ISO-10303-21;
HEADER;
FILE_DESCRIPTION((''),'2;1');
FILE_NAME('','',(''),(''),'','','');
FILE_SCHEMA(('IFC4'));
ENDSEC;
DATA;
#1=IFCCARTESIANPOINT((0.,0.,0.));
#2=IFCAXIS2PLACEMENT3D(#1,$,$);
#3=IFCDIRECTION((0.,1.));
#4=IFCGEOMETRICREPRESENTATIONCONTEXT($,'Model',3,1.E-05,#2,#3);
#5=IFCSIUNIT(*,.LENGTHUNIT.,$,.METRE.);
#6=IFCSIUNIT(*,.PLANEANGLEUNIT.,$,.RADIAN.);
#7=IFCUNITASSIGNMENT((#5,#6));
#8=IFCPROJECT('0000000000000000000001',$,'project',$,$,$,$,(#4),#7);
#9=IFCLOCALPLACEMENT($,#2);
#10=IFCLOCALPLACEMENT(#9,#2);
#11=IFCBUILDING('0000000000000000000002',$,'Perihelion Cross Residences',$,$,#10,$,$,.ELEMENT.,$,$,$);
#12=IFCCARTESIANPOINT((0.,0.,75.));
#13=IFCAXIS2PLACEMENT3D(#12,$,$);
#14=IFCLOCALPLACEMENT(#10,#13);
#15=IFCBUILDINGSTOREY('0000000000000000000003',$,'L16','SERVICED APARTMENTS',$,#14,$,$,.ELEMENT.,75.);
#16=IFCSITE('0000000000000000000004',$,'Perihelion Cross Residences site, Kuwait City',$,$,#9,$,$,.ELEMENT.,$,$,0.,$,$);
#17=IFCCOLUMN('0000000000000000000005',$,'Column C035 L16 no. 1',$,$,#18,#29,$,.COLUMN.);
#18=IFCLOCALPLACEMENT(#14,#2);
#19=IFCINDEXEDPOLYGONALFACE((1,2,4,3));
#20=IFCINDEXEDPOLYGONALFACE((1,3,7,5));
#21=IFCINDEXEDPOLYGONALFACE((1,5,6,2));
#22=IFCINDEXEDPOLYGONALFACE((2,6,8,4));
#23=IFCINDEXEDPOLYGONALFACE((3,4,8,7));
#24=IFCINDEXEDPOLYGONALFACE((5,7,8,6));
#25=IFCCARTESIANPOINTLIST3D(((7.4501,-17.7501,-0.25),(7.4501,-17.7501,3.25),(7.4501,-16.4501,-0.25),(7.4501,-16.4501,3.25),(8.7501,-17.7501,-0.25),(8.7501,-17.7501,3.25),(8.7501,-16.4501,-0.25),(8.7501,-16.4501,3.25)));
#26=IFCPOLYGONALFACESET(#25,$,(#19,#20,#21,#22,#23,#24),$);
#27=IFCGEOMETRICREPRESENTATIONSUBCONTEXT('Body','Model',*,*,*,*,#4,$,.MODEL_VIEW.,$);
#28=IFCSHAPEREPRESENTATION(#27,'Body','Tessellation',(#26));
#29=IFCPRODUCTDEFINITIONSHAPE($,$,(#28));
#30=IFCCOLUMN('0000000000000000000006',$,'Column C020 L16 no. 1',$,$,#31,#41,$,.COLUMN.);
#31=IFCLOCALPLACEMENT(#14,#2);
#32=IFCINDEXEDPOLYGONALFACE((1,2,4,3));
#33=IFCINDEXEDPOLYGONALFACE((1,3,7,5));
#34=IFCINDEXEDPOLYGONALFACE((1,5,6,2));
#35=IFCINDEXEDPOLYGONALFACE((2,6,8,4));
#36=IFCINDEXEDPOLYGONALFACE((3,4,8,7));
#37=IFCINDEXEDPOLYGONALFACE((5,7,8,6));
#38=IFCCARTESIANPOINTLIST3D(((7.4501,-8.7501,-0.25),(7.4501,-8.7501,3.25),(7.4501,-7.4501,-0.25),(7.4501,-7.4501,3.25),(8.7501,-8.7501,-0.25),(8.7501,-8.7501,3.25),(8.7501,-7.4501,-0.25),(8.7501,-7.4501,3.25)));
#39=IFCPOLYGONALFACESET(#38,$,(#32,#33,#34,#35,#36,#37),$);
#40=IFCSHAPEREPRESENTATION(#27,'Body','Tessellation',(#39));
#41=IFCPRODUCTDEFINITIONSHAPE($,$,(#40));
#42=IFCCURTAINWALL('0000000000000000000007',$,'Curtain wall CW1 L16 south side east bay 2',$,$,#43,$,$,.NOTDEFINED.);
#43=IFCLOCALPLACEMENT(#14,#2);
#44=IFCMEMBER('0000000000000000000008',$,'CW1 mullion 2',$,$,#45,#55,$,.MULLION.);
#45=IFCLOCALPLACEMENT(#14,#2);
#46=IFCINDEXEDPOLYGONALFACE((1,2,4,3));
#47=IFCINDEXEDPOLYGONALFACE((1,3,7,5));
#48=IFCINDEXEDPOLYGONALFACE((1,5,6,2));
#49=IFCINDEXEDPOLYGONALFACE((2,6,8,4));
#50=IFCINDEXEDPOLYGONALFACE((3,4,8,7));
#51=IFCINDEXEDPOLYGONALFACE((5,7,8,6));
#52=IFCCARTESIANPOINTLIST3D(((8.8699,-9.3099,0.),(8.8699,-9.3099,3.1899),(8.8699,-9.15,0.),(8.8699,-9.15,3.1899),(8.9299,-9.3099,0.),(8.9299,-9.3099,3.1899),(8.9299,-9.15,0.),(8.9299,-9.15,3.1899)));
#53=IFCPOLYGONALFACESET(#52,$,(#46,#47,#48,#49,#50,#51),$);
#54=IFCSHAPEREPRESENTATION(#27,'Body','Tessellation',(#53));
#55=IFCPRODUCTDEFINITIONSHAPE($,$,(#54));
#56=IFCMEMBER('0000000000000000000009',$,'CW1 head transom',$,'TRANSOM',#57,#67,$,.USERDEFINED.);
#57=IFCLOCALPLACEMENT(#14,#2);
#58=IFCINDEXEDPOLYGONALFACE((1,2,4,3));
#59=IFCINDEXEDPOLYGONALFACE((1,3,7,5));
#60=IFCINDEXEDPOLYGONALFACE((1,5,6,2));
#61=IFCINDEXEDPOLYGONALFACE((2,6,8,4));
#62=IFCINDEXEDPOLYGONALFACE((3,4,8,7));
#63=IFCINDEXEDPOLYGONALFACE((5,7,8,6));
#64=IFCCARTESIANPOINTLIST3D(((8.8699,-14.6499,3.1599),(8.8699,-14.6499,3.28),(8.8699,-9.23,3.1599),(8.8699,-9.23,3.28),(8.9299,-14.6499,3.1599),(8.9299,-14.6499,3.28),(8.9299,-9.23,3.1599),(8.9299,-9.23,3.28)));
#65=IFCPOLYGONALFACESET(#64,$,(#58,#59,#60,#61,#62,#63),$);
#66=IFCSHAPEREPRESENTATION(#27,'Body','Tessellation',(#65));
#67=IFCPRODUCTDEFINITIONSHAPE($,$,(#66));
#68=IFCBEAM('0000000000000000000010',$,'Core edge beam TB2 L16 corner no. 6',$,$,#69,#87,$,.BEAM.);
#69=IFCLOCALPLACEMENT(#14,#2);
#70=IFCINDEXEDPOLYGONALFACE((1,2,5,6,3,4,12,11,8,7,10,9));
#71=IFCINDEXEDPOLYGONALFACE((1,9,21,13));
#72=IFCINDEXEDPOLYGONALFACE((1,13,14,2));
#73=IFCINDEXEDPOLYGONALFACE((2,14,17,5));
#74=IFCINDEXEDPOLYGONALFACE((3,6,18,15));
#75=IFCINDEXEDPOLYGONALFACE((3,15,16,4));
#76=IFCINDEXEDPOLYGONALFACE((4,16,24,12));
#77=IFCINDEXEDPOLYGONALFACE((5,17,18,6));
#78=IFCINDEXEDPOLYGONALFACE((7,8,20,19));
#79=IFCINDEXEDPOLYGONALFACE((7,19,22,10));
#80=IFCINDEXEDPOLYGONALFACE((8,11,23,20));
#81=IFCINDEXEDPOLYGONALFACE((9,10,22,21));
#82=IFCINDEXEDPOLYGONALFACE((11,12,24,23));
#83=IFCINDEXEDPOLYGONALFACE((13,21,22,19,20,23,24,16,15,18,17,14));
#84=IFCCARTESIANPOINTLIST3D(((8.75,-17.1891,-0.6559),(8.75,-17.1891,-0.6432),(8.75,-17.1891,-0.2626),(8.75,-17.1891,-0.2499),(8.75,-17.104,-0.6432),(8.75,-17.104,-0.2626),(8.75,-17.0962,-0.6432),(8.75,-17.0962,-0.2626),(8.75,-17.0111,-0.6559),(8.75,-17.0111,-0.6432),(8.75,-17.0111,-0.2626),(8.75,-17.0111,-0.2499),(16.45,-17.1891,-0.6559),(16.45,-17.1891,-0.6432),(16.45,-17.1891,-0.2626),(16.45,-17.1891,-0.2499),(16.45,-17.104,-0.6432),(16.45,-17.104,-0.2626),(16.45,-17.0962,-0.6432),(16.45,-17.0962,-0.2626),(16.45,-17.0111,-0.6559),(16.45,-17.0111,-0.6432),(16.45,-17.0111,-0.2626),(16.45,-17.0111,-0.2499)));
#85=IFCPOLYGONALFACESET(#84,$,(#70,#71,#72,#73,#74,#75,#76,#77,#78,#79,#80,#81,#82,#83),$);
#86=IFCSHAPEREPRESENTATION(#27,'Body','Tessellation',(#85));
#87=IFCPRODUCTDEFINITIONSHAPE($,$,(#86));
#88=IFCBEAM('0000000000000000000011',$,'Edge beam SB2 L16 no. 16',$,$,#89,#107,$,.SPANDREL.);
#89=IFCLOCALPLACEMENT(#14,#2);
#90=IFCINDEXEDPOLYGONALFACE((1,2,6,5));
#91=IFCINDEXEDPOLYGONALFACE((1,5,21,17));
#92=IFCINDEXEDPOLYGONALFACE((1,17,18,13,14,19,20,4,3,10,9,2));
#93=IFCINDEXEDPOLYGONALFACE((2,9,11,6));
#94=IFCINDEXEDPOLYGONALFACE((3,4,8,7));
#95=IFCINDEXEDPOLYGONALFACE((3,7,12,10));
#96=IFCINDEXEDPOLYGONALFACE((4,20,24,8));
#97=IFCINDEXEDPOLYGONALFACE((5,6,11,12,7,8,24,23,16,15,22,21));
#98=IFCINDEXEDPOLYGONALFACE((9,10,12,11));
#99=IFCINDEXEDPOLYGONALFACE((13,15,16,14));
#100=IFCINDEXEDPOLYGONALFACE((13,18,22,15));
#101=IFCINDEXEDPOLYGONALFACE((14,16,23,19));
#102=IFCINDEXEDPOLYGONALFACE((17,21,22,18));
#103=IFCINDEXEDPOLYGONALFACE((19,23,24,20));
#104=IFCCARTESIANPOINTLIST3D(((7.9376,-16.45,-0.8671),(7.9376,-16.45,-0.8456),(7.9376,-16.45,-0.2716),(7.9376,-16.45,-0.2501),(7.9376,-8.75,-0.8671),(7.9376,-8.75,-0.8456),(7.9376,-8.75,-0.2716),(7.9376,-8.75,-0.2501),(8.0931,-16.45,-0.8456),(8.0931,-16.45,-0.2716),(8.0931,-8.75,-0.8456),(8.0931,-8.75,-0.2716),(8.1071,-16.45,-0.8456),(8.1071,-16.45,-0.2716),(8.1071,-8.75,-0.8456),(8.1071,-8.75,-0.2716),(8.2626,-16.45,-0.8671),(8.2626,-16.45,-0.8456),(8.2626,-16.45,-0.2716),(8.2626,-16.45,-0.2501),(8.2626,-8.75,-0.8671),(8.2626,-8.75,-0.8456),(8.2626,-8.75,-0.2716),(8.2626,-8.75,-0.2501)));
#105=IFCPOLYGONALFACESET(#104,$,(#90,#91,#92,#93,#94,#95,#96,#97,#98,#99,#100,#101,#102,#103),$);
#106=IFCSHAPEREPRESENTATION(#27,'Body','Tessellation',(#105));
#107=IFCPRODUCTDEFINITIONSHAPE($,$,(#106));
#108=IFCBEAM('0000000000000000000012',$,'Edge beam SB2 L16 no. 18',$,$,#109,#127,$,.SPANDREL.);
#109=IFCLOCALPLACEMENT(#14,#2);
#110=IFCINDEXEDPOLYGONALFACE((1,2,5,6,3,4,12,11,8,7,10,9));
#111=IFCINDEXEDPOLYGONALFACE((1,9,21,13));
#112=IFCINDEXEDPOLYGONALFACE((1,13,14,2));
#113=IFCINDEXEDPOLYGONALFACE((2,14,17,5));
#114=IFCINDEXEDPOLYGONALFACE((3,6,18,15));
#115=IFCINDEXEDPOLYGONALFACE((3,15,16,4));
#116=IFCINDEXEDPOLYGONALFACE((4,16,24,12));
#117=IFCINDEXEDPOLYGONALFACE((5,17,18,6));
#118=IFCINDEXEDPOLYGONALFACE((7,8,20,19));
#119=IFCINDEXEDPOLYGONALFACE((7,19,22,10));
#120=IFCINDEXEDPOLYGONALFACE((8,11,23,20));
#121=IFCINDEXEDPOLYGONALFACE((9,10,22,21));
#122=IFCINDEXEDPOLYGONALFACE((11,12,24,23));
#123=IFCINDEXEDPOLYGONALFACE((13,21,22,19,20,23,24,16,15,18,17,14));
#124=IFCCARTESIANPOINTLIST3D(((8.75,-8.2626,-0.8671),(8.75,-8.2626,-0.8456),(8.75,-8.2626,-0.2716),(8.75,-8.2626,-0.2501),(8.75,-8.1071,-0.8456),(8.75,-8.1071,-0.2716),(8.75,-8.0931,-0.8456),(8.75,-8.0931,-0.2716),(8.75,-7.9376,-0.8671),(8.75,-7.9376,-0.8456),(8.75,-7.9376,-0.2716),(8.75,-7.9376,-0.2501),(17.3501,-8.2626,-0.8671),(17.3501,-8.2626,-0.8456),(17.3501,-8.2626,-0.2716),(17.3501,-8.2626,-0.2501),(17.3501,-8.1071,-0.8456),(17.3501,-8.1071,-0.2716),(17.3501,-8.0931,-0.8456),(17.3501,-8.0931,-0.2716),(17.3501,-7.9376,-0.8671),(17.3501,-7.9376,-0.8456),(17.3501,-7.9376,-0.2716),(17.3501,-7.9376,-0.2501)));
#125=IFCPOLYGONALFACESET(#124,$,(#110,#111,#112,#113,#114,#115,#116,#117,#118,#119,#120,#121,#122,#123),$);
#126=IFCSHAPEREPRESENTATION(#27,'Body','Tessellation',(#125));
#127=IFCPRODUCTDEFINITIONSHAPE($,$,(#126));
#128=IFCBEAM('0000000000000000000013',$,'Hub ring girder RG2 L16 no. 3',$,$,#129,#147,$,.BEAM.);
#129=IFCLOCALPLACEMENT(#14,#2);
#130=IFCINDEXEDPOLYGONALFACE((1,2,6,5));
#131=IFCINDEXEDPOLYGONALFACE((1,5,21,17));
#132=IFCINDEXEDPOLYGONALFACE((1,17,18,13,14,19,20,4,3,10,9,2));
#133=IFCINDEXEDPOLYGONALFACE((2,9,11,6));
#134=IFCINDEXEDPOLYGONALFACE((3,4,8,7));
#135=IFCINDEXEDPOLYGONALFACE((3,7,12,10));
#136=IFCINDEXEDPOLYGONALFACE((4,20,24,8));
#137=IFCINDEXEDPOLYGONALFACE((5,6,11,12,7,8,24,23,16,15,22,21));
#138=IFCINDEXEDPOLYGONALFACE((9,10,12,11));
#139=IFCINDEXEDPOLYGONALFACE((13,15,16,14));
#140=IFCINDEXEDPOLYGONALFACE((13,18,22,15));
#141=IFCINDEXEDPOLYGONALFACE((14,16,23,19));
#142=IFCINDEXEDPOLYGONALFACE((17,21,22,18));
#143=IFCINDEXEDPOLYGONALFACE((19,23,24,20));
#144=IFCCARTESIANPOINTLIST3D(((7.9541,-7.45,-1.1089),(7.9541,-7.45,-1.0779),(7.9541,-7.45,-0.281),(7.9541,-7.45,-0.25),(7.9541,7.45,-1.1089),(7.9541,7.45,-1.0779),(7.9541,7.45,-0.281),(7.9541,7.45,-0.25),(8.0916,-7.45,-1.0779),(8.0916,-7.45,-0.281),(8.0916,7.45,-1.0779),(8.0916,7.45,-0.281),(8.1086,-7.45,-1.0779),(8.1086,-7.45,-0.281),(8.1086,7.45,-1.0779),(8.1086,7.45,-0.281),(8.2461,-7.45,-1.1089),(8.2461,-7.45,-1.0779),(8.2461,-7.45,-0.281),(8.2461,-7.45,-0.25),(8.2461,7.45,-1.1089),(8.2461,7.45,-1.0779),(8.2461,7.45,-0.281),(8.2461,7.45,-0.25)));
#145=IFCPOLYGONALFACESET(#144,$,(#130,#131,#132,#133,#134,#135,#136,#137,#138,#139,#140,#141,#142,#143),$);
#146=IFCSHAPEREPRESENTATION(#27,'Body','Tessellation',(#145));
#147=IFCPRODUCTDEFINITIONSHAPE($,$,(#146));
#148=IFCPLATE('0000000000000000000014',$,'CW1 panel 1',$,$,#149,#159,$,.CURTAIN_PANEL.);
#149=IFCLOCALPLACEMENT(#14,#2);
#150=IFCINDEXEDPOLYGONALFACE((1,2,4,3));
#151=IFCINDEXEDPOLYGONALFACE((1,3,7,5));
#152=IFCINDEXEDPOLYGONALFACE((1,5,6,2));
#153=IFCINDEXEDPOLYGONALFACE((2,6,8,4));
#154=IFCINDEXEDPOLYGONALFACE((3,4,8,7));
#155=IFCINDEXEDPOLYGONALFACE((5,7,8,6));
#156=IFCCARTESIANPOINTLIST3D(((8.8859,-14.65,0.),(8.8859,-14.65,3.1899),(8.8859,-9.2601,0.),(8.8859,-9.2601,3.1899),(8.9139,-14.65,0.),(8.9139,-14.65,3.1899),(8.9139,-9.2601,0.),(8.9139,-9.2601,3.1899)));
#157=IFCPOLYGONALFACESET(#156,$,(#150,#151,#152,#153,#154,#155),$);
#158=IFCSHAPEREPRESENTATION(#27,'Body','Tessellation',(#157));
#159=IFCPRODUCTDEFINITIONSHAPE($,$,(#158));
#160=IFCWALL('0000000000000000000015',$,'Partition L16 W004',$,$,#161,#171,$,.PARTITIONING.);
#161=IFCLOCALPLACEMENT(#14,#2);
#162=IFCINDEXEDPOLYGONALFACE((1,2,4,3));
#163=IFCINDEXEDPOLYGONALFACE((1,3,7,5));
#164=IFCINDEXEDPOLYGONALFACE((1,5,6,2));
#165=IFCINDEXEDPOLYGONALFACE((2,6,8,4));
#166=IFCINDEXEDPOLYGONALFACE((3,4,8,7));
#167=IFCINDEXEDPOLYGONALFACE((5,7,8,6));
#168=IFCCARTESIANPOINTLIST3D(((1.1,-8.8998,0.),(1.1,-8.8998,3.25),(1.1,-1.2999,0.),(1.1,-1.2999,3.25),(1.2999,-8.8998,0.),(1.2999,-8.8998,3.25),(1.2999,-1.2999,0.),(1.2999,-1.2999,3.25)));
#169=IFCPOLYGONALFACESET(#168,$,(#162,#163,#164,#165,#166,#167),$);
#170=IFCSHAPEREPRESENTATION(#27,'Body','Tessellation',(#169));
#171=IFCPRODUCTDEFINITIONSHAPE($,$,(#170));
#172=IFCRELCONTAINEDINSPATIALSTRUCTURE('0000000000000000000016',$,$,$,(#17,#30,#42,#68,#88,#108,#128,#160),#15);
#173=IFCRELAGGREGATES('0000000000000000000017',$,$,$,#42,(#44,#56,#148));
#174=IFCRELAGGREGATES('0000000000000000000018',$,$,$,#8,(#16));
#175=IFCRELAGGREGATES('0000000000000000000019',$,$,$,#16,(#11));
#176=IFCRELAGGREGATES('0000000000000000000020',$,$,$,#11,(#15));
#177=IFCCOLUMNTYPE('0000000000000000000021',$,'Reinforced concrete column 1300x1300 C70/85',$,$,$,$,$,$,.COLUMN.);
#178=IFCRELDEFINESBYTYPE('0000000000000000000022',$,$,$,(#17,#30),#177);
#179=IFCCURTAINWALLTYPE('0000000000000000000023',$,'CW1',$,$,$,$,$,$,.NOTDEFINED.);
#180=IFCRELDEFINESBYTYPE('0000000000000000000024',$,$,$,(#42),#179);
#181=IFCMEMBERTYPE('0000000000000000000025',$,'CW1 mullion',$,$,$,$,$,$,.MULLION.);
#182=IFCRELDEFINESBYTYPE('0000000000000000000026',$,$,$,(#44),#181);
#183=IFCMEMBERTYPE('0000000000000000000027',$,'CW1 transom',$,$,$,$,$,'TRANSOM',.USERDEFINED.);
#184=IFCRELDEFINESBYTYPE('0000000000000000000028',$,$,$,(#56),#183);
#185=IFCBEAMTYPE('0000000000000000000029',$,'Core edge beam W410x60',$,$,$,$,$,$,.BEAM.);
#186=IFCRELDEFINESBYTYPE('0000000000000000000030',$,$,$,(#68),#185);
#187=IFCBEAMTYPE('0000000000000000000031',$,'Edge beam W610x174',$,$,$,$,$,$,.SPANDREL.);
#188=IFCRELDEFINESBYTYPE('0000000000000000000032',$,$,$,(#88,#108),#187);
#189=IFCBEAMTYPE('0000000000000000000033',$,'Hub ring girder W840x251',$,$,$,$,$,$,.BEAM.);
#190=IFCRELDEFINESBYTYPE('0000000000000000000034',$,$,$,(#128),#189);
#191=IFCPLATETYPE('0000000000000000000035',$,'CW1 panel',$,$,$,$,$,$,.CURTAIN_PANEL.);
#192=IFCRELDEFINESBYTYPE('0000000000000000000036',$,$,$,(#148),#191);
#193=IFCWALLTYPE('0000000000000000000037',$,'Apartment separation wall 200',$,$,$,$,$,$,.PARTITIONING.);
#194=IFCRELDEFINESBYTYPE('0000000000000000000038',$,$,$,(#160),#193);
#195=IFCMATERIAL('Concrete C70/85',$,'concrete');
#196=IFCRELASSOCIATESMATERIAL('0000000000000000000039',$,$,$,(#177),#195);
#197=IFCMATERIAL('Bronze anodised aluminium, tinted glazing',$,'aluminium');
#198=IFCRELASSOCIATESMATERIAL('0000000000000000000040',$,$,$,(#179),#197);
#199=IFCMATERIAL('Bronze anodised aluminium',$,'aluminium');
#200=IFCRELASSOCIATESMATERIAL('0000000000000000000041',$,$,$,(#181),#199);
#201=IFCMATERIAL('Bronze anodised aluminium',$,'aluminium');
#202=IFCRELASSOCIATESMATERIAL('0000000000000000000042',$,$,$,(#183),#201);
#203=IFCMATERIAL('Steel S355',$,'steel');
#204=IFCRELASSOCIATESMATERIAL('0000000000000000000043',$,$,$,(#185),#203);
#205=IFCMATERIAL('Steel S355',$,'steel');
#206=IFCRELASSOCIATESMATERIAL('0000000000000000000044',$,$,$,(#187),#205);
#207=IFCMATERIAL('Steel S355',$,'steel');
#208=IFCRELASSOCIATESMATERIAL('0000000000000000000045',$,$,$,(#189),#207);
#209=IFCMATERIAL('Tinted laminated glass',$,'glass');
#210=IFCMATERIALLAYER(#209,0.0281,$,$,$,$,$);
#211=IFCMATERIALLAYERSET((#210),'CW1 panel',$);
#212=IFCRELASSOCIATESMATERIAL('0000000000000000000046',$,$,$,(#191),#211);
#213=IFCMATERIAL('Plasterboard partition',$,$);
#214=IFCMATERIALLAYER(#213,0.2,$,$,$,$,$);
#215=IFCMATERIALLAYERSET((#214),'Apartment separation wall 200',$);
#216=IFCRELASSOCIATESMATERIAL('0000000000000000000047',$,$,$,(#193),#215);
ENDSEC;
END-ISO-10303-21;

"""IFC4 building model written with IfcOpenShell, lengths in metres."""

from ifc_helpers import new_model, si_unit, direction, frame, frame_2d, origin, origin_2d, place, context, subcontext, project, spatial, rectangle, i_section, extrude, material, layer, layer_set, material_profile, profile_set, type_object, element, aggregate, save


model = new_model("IFC4")

# Units and contexts
model_context = context("Model", 3, precision=1e-05, world=origin(), true_north=direction((0.0, 1.0)))
body_context = subcontext(model_context, "Body", "Model", "MODEL_VIEW")
ifc_project = project(units=[si_unit("LENGTHUNIT", "METRE"), si_unit("PLANEANGLEUNIT", "RADIAN")], contexts=[model_context])

# Site, building, storey
site_placement = place(None, origin())
site = spatial("IfcSite", under=ifc_project, at=site_placement, Name="Perihelion Cross Residences site, Kuwait City", CompositionType="ELEMENT", RefElevation=0.0)
building_placement = place(site_placement, origin())
building = spatial("IfcBuilding", under=site, at=building_placement, Name="Perihelion Cross Residences", CompositionType="ELEMENT")
storey_placement = place(building_placement, frame((0.0, 0.0, 75.0)))
storey = spatial("IfcBuildingStorey", under=building, at=storey_placement, Name="L16", Description="SERVICED APARTMENTS", CompositionType="ELEMENT", Elevation=75.0)

# Columns
ifc_material_1 = material(Name="Concrete C70/85", Category="concrete")
ifc_material_profile_1 = material_profile(ifc_material_1, rectangle(XDim=1.3, YDim=1.3, at=origin_2d()), Name="RC 1300x1300")
ifc_profile_set_1 = profile_set([ifc_material_profile_1], Name="Concrete C70/85")
column_type = type_object("IfcColumnType", Name="Reinforced concrete column 1300x1300 C70/85", PredefinedType="COLUMN", material=ifc_profile_set_1)
for number, where, z_axis, x_axis, name in (
    (1, (8.1001, -17.1001, -0.25), (0.0, 0.0, 1.0), (1.0, 0.0, 0.0), "Column C035 L16 no. 1"),
    (2, (8.1001, -8.1001, -0.25), (0.0, 0.0, 1.0), (1.0, 0.0, 0.0), "Column C020 L16 no. 1"),
):
    element("IfcColumn", number, at=place(storey_placement, frame(where, z_axis=z_axis, x_axis=x_axis)), inside=storey, type_object=column_type, Name=name, PredefinedType="COLUMN", context=body_context, shape_type="SweptSolid", body=[
        extrude(rectangle(XDim=1.3, YDim=1.3, at=origin_2d()), origin(), (0.0, 0.0, 1.0), 3.5),
    ])

# Curtain wall, members
ifc_material_2 = material(Name="Bronze anodised aluminium, tinted glazing", Category="aluminium")
curtain_wall_type = type_object("IfcCurtainWallType", Name="CW1", PredefinedType="NOTDEFINED", material=ifc_material_2)
curtain_wall_placement = place(storey_placement, origin())
curtain_wall = element("IfcCurtainWall", 3, at=curtain_wall_placement, inside=storey, type_object=curtain_wall_type, Name="Curtain wall CW1 L16 south side east bay 2", PredefinedType="NOTDEFINED")
ifc_material_3 = material(Name="Bronze anodised aluminium", Category="aluminium")
ifc_material_profile_2 = material_profile(ifc_material_3, rectangle(XDim=0.0601, YDim=0.1599, at=origin_2d()), Name="CW1 mullion")
ifc_profile_set_2 = profile_set([ifc_material_profile_2], Name="Bronze anodised aluminium")
member_type_1 = type_object("IfcMemberType", Name="CW1 mullion", PredefinedType="MULLION", material=ifc_profile_set_2)
member_1_placement = place(storey_placement, frame((8.8999, -9.23, 0.0), z_axis=(0.0, 0.0, 1.0), x_axis=(-1.0, 0.0, 0.0)))
member_1 = element("IfcMember", 4, at=member_1_placement, type_object=member_type_1, Name="CW1 mullion 2", PredefinedType="MULLION", context=body_context, shape_type="SweptSolid", body=[
    extrude(rectangle(XDim=0.0601, YDim=0.1599, at=origin_2d()), origin(), (0.0, 0.0, 1.0), 3.1899),
])
ifc_material_4 = material(Name="Bronze anodised aluminium", Category="aluminium")
ifc_material_profile_3 = material_profile(ifc_material_4, rectangle(XDim=0.0601, YDim=0.1201, at=origin_2d()), Name="CW1 transom")
ifc_profile_set_3 = profile_set([ifc_material_profile_3], Name="Bronze anodised aluminium")
member_type_2 = type_object("IfcMemberType", Name="CW1 transom", ElementType="TRANSOM", PredefinedType="USERDEFINED", material=ifc_profile_set_3)
member_2_placement = place(storey_placement, frame((8.8999, -14.6499, 3.22), z_axis=(0.0, 1.0, 0.0), x_axis=(-1.0, 0.0, 0.0)))
member_2 = element("IfcMember", 5, at=member_2_placement, type_object=member_type_2, Name="CW1 head transom", ObjectType="TRANSOM", PredefinedType="USERDEFINED", context=body_context, shape_type="SweptSolid", body=[
    extrude(rectangle(XDim=0.0601, YDim=0.1201, at=origin_2d()), origin(), (0.0, 0.0, 1.0), 5.4199),
])

# Beams
ifc_material_5 = material(Name="Steel S355", Category="steel")
ifc_material_profile_4 = material_profile(ifc_material_5, i_section(OverallWidth=0.178, OverallDepth=0.406, WebThickness=0.0078, FlangeThickness=0.0127, at=origin_2d()), Name="W410x60")
ifc_profile_set_4 = profile_set([ifc_material_profile_4], Name="Steel S355")
beam_type_1 = type_object("IfcBeamType", Name="Core edge beam W410x60", PredefinedType="BEAM", material=ifc_profile_set_4)
beam_1_placement = place(storey_placement, frame((8.75, -17.1001, -0.4529), z_axis=(1.0, 0.0, 0.0), x_axis=(0.0, 1.0, 0.0)))
element("IfcBeam", 6, at=beam_1_placement, inside=storey, type_object=beam_type_1, Name="Core edge beam TB2 L16 corner no. 6", PredefinedType="BEAM", context=body_context, shape_type="SweptSolid", body=[
    extrude(i_section(OverallWidth=0.178, OverallDepth=0.406, WebThickness=0.0078, FlangeThickness=0.0127, at=origin_2d()), origin(), (0.0, 0.0, 1.0), 7.7),
])
ifc_material_6 = material(Name="Steel S355", Category="steel")
ifc_material_profile_5 = material_profile(ifc_material_6, i_section(OverallWidth=0.325, OverallDepth=0.6169, WebThickness=0.0139, FlangeThickness=0.0215, at=origin_2d()), Name="W610x174")
ifc_profile_set_5 = profile_set([ifc_material_profile_5], Name="Steel S355")
beam_type_2 = type_object("IfcBeamType", Name="Edge beam W610x174", PredefinedType="SPANDREL", material=ifc_profile_set_5)
beam_2_placement = place(storey_placement, frame((8.1001, -16.45, -0.5586), z_axis=(0.0, 1.0, 0.0), x_axis=(-1.0, 0.0, 0.0)))
element("IfcBeam", 7, at=beam_2_placement, inside=storey, type_object=beam_type_2, Name="Edge beam SB2 L16 no. 16", PredefinedType="SPANDREL", context=body_context, shape_type="SweptSolid", body=[
    extrude(i_section(OverallWidth=0.325, OverallDepth=0.6169, WebThickness=0.0139, FlangeThickness=0.0215, at=origin_2d()), origin(), (0.0, 0.0, 1.0), 7.7),
])
beam_3_placement = place(storey_placement, frame((8.75, -8.1001, -0.5586), z_axis=(1.0, 0.0, 0.0), x_axis=(0.0, 1.0, 0.0)))
element("IfcBeam", 8, at=beam_3_placement, inside=storey, type_object=beam_type_2, Name="Edge beam SB2 L16 no. 18", PredefinedType="SPANDREL", context=body_context, shape_type="SweptSolid", body=[
    extrude(i_section(OverallWidth=0.325, OverallDepth=0.6169, WebThickness=0.0139, FlangeThickness=0.0215, at=origin_2d()), origin(), (0.0, 0.0, 1.0), 8.6001),
])
ifc_material_7 = material(Name="Steel S355", Category="steel")
ifc_material_profile_6 = material_profile(ifc_material_7, i_section(OverallWidth=0.292, OverallDepth=0.8589, WebThickness=0.0171, FlangeThickness=0.031, at=origin_2d()), Name="W840x251")
ifc_profile_set_6 = profile_set([ifc_material_profile_6], Name="Steel S355")
beam_type_3 = type_object("IfcBeamType", Name="Hub ring girder W840x251", PredefinedType="BEAM", material=ifc_profile_set_6)
beam_4_placement = place(storey_placement, frame((8.1001, -7.45, -0.6794), z_axis=(0.0, 1.0, 0.0), x_axis=(-1.0, 0.0, 0.0)))
element("IfcBeam", 9, at=beam_4_placement, inside=storey, type_object=beam_type_3, Name="Hub ring girder RG2 L16 no. 3", PredefinedType="BEAM", context=body_context, shape_type="SweptSolid", body=[
    extrude(i_section(OverallWidth=0.292, OverallDepth=0.8589, WebThickness=0.0171, FlangeThickness=0.031, at=origin_2d()), origin(), (0.0, 0.0, 1.0), 14.8999),
])

# Plate
ifc_material_8 = material(Name="Tinted laminated glass", Category="glass")
ifc_layer_1 = layer(ifc_material_8, 0.0281)
ifc_layer_set_1 = layer_set([ifc_layer_1], Name="CW1 panel")
plate_type = type_object("IfcPlateType", Name="CW1 panel", PredefinedType="CURTAIN_PANEL", material=ifc_layer_set_1)
plate_placement = place(storey_placement, frame((8.8999, -11.9551, 0.0), z_axis=(0.0, 0.0, 1.0), x_axis=(0.0, 1.0, 0.0)))
plate = element("IfcPlate", 10, at=plate_placement, type_object=plate_type, Name="CW1 panel 1", PredefinedType="CURTAIN_PANEL", context=body_context, shape_type="SweptSolid", body=[
    extrude(rectangle(XDim=5.3899, YDim=0.0281, at=origin_2d()), origin(), (0.0, 0.0, 1.0), 3.1899),
])
aggregate(curtain_wall, [member_1, member_2, plate])

# Wall
ifc_material_9 = material(Name="Plasterboard partition")
ifc_layer_2 = layer(ifc_material_9, 0.2)
ifc_layer_set_2 = layer_set([ifc_layer_2], Name="Apartment separation wall 200")
wall_type_1 = type_object("IfcWallType", Name="Apartment separation wall 200", PredefinedType="PARTITIONING", material=ifc_layer_set_2)
wall_1_placement = place(storey_placement, frame((1.2, -1.3, 0.0), z_axis=(0.0, 0.0, 1.0), x_axis=(0.0, -1.0, 0.0)))
element("IfcWall", 11, at=wall_1_placement, inside=storey, type_object=wall_type_1, Name="Partition L16 W004", PredefinedType="PARTITIONING", context=body_context, shape_type="SweptSolid", body=[
    extrude(rectangle(XDim=7.5999, YDim=0.2, at=frame_2d((3.7998, 0.0))), origin(), (0.0, 0.0, 1.0), 3.25),
])

save(model, "model.ifc")
